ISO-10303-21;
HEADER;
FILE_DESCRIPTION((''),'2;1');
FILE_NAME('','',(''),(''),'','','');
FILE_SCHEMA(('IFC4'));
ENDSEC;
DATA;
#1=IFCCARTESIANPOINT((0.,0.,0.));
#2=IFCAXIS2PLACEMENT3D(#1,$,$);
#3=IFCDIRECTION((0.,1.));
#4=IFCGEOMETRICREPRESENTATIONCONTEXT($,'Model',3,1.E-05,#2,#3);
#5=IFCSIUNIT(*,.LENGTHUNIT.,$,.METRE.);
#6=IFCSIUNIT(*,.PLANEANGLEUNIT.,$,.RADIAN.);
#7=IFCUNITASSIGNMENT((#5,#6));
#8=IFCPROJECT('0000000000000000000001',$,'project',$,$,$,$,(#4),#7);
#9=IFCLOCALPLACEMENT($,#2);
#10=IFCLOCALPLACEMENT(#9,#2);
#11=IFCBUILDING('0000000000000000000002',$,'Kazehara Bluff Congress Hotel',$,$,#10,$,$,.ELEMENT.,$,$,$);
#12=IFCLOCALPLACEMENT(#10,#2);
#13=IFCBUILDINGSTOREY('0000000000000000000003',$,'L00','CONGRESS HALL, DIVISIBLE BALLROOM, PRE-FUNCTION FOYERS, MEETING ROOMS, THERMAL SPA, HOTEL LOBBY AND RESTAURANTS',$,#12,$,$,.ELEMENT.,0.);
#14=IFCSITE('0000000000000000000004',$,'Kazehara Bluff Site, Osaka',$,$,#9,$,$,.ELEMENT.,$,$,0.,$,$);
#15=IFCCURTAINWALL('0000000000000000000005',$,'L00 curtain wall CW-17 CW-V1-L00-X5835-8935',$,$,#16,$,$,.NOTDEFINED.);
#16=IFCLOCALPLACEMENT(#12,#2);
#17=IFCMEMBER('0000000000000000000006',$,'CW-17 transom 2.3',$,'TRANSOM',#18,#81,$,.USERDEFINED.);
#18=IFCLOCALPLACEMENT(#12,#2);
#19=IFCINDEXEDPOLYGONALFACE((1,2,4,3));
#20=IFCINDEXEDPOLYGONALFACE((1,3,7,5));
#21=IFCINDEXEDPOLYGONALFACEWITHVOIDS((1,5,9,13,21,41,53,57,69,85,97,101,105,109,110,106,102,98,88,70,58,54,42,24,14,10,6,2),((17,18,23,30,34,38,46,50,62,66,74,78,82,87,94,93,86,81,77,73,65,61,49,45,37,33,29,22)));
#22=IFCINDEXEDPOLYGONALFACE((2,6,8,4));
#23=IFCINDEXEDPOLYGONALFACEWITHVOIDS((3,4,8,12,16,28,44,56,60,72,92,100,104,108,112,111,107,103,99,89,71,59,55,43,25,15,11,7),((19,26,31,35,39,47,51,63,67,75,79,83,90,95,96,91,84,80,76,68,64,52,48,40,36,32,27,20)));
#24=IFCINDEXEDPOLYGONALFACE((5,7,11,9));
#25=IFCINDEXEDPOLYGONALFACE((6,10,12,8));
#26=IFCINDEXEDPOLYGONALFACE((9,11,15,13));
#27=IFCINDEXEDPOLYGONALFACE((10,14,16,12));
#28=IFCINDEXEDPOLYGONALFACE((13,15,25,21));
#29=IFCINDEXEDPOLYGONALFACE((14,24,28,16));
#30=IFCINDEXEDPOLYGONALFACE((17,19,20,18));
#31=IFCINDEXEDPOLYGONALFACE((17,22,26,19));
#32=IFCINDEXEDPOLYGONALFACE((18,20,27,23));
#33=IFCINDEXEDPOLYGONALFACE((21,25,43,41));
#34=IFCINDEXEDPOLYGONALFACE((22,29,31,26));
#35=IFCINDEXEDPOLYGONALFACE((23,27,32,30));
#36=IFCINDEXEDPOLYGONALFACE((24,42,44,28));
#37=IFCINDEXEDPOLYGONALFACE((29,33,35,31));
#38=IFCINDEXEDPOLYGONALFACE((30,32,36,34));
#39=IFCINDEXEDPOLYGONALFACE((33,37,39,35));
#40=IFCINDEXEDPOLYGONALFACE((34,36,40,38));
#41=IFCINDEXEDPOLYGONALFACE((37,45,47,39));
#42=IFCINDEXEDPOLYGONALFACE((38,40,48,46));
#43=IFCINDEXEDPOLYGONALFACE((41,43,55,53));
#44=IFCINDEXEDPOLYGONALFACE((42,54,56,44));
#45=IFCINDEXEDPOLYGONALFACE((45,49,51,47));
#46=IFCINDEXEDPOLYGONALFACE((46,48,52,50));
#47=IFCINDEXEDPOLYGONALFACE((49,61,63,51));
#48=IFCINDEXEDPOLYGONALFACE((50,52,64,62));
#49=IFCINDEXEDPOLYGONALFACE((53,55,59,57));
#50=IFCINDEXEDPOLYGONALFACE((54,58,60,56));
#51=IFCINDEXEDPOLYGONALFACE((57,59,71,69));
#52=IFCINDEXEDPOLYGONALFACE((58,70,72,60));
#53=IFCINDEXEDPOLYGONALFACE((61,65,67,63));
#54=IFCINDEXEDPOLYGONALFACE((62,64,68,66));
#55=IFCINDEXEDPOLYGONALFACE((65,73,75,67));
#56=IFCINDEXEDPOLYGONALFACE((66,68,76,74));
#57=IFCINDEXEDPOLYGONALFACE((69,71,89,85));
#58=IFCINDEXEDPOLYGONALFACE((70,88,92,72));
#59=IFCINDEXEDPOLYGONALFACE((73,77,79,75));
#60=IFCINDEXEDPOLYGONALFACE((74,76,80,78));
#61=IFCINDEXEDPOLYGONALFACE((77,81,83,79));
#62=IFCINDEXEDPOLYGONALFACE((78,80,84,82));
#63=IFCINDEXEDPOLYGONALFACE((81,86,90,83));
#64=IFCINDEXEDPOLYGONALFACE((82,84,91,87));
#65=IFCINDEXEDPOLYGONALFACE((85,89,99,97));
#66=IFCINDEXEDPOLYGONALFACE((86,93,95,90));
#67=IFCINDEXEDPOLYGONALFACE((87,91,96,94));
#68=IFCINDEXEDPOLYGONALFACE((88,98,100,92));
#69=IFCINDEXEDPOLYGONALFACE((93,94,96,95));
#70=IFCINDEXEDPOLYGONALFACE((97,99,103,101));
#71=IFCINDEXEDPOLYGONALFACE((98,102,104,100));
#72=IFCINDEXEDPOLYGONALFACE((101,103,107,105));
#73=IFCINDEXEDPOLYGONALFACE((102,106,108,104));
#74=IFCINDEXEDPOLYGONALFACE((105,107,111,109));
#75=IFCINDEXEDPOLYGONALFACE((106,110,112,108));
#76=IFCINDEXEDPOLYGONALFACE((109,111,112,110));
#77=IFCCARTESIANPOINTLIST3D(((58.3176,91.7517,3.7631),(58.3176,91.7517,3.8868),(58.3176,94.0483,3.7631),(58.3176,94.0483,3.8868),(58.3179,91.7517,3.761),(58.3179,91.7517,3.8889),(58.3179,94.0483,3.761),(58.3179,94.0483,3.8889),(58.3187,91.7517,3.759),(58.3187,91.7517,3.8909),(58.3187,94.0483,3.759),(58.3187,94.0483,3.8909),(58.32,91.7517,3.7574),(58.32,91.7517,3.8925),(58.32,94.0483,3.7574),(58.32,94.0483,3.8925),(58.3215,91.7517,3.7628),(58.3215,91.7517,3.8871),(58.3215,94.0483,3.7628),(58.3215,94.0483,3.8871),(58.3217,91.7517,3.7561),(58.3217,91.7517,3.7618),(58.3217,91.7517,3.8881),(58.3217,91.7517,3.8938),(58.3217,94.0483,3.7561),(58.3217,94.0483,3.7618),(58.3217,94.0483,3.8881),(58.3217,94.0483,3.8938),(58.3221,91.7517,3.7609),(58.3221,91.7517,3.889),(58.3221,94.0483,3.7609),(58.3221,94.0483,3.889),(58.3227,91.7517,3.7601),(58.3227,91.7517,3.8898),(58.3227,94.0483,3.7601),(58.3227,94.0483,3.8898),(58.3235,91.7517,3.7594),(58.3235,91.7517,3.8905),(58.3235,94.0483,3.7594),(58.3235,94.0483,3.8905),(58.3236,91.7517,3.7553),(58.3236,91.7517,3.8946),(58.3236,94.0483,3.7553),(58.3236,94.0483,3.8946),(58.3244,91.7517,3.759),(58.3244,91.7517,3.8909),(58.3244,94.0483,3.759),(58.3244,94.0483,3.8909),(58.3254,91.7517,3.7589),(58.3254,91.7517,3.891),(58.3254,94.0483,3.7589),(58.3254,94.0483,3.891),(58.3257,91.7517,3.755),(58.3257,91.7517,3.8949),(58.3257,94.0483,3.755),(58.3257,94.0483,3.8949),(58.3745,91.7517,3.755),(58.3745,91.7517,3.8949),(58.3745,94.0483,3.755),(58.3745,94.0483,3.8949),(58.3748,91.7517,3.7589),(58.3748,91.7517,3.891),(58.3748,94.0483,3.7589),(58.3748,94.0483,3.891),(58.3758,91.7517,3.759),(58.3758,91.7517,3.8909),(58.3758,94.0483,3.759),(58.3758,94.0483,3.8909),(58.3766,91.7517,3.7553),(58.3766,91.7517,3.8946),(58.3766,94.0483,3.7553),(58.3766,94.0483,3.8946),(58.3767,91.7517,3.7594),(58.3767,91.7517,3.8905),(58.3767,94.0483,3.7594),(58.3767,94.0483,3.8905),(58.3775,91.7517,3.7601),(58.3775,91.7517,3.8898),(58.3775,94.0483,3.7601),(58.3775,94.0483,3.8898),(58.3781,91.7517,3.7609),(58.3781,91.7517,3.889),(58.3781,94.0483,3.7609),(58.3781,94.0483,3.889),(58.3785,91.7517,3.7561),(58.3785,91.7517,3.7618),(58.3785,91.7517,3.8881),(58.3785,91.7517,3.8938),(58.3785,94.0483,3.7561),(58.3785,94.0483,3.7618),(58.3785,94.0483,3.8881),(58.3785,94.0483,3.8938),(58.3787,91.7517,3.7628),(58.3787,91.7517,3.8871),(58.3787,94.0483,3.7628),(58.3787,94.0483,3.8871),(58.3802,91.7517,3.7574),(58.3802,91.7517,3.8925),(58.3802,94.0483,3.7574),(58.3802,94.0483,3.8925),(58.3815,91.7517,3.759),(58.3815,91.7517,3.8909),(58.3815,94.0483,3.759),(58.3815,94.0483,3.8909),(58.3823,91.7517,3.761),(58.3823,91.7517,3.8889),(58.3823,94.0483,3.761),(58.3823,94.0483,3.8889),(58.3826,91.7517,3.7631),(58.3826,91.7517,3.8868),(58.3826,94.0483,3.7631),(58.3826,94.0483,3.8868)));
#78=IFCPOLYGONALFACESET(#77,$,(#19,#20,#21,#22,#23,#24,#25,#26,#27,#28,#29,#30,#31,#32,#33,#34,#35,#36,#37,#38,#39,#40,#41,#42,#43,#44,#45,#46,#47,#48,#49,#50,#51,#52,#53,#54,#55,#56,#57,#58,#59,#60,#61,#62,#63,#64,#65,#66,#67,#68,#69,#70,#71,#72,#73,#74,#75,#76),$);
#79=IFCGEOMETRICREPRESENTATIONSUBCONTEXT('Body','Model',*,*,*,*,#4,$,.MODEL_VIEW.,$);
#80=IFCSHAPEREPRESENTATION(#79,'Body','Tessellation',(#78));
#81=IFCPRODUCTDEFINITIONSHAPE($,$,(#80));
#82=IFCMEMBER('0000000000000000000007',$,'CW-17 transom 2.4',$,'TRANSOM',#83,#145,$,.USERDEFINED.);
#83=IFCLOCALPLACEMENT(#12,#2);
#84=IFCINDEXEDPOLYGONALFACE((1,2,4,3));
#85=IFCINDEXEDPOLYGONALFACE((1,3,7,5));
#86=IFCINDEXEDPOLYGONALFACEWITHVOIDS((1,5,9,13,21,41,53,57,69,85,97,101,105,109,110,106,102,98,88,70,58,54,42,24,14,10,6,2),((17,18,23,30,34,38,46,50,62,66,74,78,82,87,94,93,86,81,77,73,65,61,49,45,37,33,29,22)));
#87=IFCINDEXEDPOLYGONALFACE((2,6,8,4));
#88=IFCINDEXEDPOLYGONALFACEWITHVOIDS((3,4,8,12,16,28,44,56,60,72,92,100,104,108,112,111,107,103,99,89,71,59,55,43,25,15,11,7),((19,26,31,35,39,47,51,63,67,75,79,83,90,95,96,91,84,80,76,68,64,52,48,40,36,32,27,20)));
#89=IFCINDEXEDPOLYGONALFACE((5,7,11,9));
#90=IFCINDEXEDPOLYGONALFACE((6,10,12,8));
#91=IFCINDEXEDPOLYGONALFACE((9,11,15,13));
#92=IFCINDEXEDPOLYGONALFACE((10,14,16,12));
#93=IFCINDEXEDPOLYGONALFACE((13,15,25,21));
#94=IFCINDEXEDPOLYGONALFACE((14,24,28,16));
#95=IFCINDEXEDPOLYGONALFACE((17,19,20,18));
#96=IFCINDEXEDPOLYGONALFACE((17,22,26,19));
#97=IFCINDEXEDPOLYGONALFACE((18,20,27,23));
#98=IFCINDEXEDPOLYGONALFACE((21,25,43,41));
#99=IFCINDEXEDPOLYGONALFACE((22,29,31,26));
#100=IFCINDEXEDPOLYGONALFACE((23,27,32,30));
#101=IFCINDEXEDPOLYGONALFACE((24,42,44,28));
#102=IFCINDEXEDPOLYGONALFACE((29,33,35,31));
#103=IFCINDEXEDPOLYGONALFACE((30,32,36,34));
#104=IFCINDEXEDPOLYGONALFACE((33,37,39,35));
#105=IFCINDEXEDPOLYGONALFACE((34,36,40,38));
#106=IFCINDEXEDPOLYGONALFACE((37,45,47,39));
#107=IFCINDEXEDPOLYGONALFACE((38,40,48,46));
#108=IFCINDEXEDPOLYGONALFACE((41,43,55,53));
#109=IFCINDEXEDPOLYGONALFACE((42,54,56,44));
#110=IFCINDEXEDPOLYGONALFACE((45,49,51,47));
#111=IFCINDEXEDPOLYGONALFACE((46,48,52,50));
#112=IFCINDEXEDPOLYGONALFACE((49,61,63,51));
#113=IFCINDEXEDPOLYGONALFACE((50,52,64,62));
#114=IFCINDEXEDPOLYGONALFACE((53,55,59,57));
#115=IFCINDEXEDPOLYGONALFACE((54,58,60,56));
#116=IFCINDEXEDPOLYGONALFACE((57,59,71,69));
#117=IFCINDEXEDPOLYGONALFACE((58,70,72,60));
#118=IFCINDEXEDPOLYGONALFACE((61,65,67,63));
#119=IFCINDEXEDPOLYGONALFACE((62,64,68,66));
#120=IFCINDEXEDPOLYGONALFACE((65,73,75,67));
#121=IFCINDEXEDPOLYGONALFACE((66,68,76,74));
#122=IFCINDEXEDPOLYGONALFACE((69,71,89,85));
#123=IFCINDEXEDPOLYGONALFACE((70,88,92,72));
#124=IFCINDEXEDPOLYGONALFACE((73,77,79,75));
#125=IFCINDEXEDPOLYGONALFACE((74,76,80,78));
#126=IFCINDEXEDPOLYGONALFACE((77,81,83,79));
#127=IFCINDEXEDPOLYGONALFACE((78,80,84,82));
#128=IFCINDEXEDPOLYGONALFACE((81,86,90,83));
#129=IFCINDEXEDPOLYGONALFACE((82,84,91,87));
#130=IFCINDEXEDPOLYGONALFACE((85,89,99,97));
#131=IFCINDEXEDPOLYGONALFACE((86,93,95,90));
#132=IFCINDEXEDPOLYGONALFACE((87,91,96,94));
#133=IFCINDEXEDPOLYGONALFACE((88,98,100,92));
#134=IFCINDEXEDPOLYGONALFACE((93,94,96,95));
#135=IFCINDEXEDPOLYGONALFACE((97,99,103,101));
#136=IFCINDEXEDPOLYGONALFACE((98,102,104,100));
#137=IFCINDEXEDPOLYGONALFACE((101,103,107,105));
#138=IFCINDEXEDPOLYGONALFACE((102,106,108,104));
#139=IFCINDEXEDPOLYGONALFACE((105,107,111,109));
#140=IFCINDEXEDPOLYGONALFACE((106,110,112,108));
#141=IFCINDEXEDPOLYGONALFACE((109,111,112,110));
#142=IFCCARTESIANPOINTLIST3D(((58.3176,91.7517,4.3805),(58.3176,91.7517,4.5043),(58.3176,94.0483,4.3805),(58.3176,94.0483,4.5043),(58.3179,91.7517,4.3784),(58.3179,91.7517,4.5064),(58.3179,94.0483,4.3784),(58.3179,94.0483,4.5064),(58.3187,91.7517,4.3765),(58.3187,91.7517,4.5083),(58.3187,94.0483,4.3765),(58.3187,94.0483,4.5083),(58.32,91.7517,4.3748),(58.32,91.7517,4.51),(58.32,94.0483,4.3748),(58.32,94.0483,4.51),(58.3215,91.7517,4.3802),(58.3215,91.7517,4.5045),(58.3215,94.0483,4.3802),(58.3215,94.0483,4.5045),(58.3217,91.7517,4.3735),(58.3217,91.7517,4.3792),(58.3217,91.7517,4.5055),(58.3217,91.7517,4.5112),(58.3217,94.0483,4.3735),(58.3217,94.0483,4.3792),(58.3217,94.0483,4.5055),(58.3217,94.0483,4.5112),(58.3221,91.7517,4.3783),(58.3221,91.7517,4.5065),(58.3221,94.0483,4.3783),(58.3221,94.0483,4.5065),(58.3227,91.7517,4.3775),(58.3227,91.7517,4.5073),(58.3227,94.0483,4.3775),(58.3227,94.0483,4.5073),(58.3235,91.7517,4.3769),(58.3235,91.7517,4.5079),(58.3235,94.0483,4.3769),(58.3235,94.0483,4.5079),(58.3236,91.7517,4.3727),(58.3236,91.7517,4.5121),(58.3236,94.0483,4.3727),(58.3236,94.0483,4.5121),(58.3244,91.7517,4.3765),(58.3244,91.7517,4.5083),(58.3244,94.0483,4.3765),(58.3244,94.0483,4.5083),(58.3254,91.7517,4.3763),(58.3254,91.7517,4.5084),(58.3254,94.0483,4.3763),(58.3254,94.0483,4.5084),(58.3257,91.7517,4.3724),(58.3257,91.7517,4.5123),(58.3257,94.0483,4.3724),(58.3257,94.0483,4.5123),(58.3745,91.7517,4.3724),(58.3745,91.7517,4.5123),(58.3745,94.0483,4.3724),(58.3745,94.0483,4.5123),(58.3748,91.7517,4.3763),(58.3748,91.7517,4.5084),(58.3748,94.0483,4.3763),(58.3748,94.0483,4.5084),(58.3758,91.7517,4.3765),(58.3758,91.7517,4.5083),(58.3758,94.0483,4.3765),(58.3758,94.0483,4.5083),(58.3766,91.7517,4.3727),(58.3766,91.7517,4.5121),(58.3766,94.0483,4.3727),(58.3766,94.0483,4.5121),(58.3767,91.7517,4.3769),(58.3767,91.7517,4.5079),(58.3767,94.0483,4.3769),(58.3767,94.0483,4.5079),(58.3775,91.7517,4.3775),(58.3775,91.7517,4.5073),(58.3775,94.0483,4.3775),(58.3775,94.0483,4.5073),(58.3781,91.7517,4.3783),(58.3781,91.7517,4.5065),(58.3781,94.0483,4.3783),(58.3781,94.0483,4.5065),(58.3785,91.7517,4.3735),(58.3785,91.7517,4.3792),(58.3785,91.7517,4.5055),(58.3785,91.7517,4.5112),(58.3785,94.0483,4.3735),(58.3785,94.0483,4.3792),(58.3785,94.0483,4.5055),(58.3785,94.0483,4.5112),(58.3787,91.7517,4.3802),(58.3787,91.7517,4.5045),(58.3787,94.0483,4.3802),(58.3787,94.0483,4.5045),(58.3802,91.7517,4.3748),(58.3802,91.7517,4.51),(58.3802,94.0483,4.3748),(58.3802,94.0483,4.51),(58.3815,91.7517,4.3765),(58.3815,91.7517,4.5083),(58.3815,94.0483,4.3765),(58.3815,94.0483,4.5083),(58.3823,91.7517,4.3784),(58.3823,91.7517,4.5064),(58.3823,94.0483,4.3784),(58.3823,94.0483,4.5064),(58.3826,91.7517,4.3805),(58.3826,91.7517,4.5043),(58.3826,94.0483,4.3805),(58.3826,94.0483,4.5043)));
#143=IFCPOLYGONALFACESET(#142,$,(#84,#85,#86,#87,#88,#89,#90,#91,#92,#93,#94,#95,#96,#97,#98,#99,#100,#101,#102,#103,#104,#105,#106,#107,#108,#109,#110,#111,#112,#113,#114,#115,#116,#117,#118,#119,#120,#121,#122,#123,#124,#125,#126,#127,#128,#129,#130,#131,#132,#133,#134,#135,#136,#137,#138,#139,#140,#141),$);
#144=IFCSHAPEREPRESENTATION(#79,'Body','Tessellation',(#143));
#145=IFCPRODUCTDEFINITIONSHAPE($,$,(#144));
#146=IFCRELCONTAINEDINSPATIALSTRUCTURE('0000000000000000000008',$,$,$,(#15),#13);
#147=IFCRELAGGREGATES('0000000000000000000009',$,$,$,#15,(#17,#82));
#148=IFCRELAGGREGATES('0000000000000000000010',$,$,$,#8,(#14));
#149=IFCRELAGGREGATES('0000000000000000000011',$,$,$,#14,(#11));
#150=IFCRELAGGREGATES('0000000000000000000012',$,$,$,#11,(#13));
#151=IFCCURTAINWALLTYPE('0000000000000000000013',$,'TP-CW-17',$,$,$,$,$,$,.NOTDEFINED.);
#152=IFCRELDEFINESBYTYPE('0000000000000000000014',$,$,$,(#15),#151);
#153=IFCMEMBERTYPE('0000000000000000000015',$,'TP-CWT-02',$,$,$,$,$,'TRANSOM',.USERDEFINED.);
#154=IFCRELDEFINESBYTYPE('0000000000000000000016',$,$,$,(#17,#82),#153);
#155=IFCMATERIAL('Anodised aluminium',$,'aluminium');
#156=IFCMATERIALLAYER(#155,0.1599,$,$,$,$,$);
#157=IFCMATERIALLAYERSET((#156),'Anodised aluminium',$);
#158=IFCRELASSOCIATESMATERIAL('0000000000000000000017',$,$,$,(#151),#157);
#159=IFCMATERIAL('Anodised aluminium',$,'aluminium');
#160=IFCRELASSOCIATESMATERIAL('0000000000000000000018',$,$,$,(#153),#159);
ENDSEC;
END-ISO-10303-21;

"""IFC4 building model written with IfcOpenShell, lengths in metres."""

from ifc_helpers import new_model, si_unit, direction, frame, origin, origin_2d, place, context, subcontext, project, spatial, hollow_rectangle, extrude, material, layer, layer_set, material_profile, profile_set, type_object, element, aggregate, save


model = new_model("IFC4")

# Units and contexts
model_context = context("Model", 3, precision=1e-05, world=origin(), true_north=direction((0.0, 1.0)))
body_context = subcontext(model_context, "Body", "Model", "MODEL_VIEW")
ifc_project = project(units=[si_unit("LENGTHUNIT", "METRE"), si_unit("PLANEANGLEUNIT", "RADIAN")], contexts=[model_context])

# Site, building, storey
site_placement = place(None, origin())
site = spatial("IfcSite", under=ifc_project, at=site_placement, Name="Kazehara Bluff Site, Osaka", CompositionType="ELEMENT", RefElevation=0.0)
building_placement = place(site_placement, origin())
building = spatial("IfcBuilding", under=site, at=building_placement, Name="Kazehara Bluff Congress Hotel", CompositionType="ELEMENT")
storey_placement = place(building_placement, origin())
storey = spatial("IfcBuildingStorey", under=building, at=storey_placement, Name="L00", Description="CONGRESS HALL, DIVISIBLE BALLROOM, PRE-FUNCTION FOYERS, MEETING ROOMS, THERMAL SPA, HOTEL LOBBY AND RESTAURANTS", CompositionType="ELEMENT", Elevation=0.0)

# Shared definitions
ifc_material_1 = material(Name="Anodised aluminium", Category="aluminium")
ifc_layer_1 = layer(ifc_material_1, 0.1599)
ifc_layer_set_1 = layer_set([ifc_layer_1], Name="Anodised aluminium")
curtain_wall_type = type_object("IfcCurtainWallType", Name="TP-CW-17", PredefinedType="NOTDEFINED", material=ifc_layer_set_1)

# Curtain wall, members
curtain_wall_1_placement = place(storey_placement, origin())
curtain_wall_1 = element("IfcCurtainWall", 1, at=curtain_wall_1_placement, inside=storey, type_object=curtain_wall_type, Name="L00 curtain wall CW-17 CW-V1-L00-X5835-8935", PredefinedType="NOTDEFINED")
ifc_material_2 = material(Name="Anodised aluminium", Category="aluminium")
ifc_material_profile_1 = material_profile(ifc_material_2, hollow_rectangle(XDim=0.0649, YDim=0.1399, WallThickness=0.0039, InnerFilletRadius=0.0039, OuterFilletRadius=0.0081, at=origin_2d()))
ifc_profile_set_1 = profile_set([ifc_material_profile_1], Name="Anodised aluminium")
member_type_1 = type_object("IfcMemberType", Name="TP-CWT-02", ElementType="TRANSOM", PredefinedType="USERDEFINED", material=ifc_profile_set_1)
member_1_placement = place(storey_placement, frame((58.3501, 91.7517, 3.825), z_axis=(0.0, 1.0, 0.0), x_axis=(-1.0, 0.0, 0.0)))
member_1 = element("IfcMember", 2, at=member_1_placement, type_object=member_type_1, Name="CW-17 transom 2.3", ObjectType="TRANSOM", PredefinedType="USERDEFINED", context=body_context, shape_type="SweptSolid", body=[
    extrude(hollow_rectangle(XDim=0.0649, YDim=0.1399, WallThickness=0.0039, InnerFilletRadius=0.0039, OuterFilletRadius=0.0081, at=origin_2d()), origin(), (0.0, 0.0, 1.0), 2.2966),
])
member_2_placement = place(storey_placement, frame((58.3501, 91.7517, 4.4424), z_axis=(0.0, 1.0, 0.0), x_axis=(-1.0, 0.0, 0.0)))
member_2 = element("IfcMember", 3, at=member_2_placement, type_object=member_type_1, Name="CW-17 transom 2.4", ObjectType="TRANSOM", PredefinedType="USERDEFINED", context=body_context, shape_type="SweptSolid", body=[
    extrude(hollow_rectangle(XDim=0.0649, YDim=0.1399, WallThickness=0.0039, InnerFilletRadius=0.0039, OuterFilletRadius=0.0081, at=origin_2d()), origin(), (0.0, 0.0, 1.0), 2.2966),
])

aggregate(curtain_wall_1, [member_1, member_2])

save(model, "model.ifc")
